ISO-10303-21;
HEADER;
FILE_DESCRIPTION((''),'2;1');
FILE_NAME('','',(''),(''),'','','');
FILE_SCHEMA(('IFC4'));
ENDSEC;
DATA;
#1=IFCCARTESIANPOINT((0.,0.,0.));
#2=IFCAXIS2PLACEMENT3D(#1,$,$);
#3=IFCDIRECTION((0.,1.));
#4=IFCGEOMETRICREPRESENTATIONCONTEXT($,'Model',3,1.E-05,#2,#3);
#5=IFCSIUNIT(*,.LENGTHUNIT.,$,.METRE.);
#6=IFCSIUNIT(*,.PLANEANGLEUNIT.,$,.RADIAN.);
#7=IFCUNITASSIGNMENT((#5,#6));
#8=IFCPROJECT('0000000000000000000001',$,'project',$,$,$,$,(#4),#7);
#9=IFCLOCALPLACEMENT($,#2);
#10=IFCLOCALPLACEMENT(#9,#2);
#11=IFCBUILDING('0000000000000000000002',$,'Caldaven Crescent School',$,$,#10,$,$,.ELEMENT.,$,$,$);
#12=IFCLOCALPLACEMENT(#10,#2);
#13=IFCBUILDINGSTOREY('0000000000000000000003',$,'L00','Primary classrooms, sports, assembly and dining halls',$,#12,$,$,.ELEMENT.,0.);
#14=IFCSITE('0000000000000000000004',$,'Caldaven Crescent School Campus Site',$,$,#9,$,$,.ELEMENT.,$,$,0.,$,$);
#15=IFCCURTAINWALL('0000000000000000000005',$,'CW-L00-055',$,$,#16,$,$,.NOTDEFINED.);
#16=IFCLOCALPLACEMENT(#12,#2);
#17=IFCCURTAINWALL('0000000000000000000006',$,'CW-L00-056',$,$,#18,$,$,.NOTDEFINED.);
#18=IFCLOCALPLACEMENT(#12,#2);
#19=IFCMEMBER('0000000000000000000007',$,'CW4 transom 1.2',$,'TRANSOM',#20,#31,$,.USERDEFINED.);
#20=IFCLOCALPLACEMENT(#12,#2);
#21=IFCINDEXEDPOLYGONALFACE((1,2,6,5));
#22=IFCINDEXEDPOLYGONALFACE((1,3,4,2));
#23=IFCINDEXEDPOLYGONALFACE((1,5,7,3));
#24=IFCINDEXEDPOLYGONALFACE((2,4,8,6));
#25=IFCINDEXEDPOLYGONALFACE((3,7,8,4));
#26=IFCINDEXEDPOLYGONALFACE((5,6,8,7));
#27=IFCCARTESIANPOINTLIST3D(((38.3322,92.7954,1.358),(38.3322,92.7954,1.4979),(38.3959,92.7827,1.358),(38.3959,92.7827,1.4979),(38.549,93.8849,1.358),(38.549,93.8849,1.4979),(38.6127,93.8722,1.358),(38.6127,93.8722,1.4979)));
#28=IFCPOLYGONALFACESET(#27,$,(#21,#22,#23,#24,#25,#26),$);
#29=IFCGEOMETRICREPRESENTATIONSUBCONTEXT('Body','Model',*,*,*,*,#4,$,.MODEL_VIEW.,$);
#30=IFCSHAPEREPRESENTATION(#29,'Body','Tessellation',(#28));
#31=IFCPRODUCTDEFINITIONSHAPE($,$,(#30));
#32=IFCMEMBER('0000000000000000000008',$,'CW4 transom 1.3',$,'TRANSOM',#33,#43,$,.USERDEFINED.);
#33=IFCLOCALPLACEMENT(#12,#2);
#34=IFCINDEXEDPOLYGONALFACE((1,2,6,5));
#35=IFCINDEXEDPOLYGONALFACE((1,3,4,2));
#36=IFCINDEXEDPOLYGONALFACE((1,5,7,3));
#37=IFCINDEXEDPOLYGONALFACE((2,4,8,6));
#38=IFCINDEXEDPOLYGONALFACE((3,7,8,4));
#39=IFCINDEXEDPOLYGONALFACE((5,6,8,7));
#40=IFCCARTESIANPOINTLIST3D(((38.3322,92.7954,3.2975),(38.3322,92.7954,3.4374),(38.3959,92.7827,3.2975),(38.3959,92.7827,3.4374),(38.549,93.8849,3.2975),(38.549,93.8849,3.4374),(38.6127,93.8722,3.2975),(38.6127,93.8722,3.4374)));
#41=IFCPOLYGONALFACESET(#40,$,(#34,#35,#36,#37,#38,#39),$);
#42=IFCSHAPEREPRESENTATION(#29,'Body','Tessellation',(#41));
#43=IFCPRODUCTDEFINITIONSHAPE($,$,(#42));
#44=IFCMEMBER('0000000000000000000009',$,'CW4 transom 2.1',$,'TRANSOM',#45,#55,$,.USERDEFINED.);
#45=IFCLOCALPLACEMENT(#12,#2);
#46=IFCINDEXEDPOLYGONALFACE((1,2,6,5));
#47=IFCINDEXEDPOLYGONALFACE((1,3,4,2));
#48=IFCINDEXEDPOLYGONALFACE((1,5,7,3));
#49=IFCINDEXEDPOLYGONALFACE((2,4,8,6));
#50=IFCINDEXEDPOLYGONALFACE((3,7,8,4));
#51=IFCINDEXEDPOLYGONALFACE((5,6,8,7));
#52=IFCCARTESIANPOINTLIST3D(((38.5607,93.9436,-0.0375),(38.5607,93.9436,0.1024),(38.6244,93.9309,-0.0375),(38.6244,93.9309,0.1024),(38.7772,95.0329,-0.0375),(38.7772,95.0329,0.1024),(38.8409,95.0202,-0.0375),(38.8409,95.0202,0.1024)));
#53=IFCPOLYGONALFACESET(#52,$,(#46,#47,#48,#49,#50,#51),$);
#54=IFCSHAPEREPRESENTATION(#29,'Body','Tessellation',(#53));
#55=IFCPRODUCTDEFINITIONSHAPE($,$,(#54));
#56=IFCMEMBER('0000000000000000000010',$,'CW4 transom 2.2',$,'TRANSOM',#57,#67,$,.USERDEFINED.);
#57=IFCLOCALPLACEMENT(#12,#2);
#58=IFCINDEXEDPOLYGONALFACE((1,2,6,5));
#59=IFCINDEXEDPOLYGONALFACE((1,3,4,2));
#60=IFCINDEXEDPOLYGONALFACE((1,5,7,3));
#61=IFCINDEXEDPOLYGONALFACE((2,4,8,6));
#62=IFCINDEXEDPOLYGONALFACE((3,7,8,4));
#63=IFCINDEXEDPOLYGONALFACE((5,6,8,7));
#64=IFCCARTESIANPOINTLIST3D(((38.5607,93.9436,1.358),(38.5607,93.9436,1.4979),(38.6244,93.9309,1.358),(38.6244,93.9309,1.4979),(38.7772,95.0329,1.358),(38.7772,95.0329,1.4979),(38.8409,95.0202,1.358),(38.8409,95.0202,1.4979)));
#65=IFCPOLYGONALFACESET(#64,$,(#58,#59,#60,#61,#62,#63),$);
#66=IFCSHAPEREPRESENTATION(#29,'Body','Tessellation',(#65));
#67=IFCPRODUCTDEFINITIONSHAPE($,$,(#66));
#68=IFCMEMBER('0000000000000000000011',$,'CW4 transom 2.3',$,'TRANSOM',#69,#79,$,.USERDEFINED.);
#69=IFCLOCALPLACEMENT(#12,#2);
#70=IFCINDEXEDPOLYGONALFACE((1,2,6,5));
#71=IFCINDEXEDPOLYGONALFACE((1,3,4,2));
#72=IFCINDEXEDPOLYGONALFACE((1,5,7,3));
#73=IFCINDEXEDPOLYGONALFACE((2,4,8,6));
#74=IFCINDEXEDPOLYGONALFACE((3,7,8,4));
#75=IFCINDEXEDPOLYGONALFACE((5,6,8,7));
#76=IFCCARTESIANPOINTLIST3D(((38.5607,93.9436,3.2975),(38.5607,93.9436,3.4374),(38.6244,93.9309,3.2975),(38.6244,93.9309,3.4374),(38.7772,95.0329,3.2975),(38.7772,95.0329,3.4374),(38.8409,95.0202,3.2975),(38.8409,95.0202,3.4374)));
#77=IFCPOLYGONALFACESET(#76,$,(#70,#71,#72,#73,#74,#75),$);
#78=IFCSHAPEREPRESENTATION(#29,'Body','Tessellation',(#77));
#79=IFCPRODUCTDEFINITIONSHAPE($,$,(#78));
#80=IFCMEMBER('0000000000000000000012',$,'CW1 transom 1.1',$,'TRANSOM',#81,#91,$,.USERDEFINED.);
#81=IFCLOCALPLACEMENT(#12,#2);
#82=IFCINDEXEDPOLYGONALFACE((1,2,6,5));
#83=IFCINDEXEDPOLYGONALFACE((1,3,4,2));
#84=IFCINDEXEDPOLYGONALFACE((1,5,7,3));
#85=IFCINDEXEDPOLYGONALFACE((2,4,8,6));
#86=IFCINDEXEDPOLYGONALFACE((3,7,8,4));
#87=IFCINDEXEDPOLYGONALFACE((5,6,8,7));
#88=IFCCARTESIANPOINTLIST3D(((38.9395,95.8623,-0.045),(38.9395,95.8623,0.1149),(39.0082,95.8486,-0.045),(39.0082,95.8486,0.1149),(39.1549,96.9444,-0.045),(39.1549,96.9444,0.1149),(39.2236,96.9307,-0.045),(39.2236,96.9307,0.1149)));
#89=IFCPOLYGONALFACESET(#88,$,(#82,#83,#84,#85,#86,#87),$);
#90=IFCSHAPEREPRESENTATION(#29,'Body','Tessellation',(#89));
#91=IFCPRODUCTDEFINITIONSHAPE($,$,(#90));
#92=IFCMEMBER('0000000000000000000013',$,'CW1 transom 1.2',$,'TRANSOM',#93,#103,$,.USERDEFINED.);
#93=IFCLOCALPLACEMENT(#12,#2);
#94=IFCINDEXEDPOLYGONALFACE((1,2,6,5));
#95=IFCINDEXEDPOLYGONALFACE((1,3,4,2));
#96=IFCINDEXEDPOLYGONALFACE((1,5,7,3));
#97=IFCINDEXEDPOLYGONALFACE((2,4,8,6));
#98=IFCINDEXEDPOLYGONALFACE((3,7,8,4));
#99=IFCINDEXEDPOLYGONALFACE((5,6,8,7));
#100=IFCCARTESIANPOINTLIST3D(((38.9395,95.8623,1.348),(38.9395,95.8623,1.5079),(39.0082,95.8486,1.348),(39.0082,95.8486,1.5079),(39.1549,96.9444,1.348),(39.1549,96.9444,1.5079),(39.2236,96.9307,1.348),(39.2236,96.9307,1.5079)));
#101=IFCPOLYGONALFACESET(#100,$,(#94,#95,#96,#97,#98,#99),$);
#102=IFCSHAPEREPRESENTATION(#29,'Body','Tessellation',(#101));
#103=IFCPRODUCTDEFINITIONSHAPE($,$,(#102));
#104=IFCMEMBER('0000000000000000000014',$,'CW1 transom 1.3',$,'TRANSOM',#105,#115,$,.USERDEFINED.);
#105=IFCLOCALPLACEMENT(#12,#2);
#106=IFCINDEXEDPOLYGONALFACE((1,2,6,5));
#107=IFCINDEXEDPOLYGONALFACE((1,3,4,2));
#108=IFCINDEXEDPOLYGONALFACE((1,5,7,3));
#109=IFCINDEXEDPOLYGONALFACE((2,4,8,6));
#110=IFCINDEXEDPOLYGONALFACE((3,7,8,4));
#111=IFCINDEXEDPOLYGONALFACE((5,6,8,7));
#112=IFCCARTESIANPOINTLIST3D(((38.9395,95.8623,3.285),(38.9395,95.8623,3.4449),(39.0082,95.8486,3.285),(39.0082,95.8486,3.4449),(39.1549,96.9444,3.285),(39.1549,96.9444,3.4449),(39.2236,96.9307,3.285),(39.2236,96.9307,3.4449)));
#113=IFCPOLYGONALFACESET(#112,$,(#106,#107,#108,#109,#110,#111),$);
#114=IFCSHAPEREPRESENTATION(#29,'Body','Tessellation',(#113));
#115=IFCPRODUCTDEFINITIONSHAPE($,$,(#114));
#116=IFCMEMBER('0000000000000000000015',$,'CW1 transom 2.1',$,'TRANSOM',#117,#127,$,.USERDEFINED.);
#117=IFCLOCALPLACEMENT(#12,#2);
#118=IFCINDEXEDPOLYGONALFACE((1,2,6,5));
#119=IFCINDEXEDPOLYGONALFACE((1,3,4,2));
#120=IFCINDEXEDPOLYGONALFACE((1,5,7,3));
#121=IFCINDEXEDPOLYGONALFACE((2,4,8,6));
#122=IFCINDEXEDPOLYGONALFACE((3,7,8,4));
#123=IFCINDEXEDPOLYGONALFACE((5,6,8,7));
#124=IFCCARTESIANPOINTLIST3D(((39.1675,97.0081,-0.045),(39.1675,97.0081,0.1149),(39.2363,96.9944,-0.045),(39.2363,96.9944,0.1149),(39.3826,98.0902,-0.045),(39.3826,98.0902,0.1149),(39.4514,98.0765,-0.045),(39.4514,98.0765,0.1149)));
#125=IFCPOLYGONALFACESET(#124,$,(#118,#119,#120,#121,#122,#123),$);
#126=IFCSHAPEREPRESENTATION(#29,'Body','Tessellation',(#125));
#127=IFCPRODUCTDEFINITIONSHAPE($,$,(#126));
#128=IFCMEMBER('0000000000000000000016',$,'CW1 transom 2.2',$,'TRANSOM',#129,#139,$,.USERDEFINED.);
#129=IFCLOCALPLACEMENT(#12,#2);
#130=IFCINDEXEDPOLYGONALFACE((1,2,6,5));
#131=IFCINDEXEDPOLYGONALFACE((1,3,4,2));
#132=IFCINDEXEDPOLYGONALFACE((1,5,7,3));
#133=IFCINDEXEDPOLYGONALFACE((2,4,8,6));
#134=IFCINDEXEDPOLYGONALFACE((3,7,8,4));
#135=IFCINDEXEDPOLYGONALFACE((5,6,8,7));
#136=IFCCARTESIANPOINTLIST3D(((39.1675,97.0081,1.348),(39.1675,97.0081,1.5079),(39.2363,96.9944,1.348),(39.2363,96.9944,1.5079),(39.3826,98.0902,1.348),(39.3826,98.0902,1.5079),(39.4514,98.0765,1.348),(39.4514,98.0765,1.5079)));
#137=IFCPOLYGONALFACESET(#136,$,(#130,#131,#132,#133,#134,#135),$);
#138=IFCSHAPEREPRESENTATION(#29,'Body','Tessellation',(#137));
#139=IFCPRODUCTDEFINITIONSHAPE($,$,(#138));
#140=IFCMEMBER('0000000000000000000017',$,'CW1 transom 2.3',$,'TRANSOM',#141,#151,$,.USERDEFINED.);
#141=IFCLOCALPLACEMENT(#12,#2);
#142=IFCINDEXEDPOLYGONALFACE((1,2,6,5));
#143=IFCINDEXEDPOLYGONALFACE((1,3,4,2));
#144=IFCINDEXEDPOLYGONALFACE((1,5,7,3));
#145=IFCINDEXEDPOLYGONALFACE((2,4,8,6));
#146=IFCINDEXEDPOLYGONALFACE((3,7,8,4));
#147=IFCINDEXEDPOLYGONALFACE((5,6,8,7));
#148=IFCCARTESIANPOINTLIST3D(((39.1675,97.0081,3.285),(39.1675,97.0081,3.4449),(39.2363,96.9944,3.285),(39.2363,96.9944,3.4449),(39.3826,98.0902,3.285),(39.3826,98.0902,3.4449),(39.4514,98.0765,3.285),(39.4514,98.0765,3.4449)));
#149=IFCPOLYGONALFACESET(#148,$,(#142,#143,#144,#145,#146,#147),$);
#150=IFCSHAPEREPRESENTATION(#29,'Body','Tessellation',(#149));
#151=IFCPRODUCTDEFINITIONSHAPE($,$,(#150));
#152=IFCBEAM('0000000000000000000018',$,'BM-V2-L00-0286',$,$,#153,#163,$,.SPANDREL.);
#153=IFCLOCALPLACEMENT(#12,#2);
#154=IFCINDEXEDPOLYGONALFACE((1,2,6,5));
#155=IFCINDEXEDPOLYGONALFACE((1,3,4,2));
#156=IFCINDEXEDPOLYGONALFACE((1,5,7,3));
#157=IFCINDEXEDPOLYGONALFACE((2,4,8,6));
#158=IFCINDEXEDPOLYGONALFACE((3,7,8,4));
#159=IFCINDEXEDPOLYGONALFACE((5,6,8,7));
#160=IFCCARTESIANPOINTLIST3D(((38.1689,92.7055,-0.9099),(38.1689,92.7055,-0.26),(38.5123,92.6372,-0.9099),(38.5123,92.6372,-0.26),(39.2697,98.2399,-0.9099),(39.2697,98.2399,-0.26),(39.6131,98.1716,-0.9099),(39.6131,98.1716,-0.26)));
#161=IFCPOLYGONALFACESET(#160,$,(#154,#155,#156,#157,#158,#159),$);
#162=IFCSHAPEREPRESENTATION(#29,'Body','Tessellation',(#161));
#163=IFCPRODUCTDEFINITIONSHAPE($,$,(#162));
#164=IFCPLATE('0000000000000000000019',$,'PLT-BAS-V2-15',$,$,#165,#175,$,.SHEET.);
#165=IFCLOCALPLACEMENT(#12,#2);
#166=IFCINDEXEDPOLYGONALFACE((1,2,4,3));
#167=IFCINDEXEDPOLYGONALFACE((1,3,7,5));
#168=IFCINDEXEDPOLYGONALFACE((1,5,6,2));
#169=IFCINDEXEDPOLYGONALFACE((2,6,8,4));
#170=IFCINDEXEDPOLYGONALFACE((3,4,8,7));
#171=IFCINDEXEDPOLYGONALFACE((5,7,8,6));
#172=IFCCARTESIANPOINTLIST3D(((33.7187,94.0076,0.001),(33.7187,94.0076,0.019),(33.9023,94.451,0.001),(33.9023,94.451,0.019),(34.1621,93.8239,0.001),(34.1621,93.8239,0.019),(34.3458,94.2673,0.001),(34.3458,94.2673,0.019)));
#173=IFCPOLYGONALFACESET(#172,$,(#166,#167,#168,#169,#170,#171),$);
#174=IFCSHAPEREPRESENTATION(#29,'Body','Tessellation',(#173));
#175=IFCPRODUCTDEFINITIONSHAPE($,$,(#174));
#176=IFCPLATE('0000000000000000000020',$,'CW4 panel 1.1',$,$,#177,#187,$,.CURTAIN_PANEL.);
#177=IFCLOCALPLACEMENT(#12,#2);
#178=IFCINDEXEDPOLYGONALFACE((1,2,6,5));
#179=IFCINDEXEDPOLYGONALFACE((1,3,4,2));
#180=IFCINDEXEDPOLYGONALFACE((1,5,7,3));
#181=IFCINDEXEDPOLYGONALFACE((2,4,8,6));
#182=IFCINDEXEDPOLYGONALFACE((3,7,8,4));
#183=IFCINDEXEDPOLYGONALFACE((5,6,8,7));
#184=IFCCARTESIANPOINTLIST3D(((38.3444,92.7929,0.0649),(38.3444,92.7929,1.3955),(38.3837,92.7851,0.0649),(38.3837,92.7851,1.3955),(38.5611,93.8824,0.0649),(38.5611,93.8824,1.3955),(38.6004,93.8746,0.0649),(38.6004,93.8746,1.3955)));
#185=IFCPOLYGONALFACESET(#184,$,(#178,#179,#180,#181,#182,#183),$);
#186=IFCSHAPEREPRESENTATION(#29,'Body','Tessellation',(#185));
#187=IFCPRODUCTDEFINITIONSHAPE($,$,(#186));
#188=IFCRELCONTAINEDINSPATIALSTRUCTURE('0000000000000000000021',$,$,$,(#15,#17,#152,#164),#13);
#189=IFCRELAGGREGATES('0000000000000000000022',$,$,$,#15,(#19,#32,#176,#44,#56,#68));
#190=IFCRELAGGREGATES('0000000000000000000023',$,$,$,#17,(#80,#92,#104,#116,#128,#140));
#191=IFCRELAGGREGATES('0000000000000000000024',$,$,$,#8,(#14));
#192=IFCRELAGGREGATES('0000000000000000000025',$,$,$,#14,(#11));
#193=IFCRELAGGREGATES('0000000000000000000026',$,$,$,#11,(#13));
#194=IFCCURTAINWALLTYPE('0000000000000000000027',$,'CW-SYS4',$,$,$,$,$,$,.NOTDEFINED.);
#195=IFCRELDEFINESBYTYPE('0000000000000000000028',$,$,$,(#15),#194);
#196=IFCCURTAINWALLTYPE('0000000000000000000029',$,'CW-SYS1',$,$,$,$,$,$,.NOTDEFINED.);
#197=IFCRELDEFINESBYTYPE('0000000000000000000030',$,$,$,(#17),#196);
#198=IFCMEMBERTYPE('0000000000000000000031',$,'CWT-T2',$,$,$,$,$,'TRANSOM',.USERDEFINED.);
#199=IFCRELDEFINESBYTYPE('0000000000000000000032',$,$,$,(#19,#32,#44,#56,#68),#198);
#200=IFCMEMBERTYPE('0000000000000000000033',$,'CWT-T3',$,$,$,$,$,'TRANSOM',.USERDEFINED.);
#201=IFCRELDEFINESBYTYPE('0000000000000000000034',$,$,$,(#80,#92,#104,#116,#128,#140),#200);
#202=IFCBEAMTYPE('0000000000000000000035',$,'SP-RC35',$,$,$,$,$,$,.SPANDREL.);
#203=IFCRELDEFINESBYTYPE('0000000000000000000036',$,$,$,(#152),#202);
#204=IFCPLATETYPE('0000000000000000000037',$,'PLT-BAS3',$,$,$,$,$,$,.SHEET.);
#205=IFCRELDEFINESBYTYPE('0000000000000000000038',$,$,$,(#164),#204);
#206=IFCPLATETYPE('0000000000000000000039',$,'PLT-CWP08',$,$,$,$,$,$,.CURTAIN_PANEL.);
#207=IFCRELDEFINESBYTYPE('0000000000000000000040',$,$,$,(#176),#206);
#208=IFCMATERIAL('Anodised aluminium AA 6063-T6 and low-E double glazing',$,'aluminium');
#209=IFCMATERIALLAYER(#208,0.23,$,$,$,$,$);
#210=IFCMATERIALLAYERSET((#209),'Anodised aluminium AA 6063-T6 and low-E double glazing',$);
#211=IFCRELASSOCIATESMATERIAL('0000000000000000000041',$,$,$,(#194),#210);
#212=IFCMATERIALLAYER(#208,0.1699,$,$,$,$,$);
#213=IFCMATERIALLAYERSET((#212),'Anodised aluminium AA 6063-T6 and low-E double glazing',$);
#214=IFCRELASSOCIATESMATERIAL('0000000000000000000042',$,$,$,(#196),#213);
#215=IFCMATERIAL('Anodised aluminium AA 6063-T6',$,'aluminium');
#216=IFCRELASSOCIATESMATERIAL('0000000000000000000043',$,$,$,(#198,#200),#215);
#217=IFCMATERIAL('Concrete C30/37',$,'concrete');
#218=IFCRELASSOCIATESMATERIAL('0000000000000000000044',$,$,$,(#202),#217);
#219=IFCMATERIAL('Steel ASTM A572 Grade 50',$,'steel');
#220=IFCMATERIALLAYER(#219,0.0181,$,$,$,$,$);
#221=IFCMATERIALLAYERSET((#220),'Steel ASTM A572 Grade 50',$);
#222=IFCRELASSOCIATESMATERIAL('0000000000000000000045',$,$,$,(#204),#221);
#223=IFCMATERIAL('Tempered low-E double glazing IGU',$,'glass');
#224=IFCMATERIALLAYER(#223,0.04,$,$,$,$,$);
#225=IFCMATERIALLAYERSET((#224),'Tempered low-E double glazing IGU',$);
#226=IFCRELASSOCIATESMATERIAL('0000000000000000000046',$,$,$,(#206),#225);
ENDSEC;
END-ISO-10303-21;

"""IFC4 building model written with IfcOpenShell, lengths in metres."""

from ifc_helpers import new_model, si_unit, direction, frame, origin, origin_2d, place, context, subcontext, project, spatial, rectangle, extrude, material, layer, layer_set, material_profile, profile_set, type_object, element, aggregate, save


model = new_model("IFC4")

# Units and contexts
model_context = context("Model", 3, precision=1e-05, world=origin(), true_north=direction((0.0, 1.0)))
body_context = subcontext(model_context, "Body", "Model", "MODEL_VIEW")
ifc_project = project(units=[si_unit("LENGTHUNIT", "METRE"), si_unit("PLANEANGLEUNIT", "RADIAN")], contexts=[model_context])

# Site, building, storey
site_placement = place(None, origin())
site = spatial("IfcSite", under=ifc_project, at=site_placement, Name="Caldaven Crescent School Campus Site", CompositionType="ELEMENT", RefElevation=0.0)
building_placement = place(site_placement, origin())
building = spatial("IfcBuilding", under=site, at=building_placement, Name="Caldaven Crescent School", CompositionType="ELEMENT")
storey_placement = place(building_placement, origin())
storey = spatial("IfcBuildingStorey", under=building, at=storey_placement, Name="L00", Description="Primary classrooms, sports, assembly and dining halls", CompositionType="ELEMENT", Elevation=0.0)

# Shared definitions
ifc_material_1 = material(Name="Concrete C30/37", Category="concrete")

# Curtain walls
ifc_material_2 = material(Name="Anodised aluminium AA 6063-T6 and low-E double glazing", Category="aluminium")
ifc_layer_1 = layer(ifc_material_2, 0.23)
ifc_layer_set_1 = layer_set([ifc_layer_1], Name="Anodised aluminium AA 6063-T6 and low-E double glazing")
curtain_wall_type_1 = type_object("IfcCurtainWallType", Name="CW-SYS4", PredefinedType="NOTDEFINED", material=ifc_layer_set_1)
curtain_wall_1_placement = place(storey_placement, origin())
curtain_wall_1 = element("IfcCurtainWall", 1, at=curtain_wall_1_placement, inside=storey, type_object=curtain_wall_type_1, Name="CW-L00-055", PredefinedType="NOTDEFINED")
ifc_material_3 = material(Name="Anodised aluminium AA 6063-T6", Category="aluminium")
ifc_layer_2 = layer(ifc_material_2, 0.1699)
ifc_layer_set_2 = layer_set([ifc_layer_2], Name="Anodised aluminium AA 6063-T6 and low-E double glazing")
curtain_wall_type_2 = type_object("IfcCurtainWallType", Name="CW-SYS1", PredefinedType="NOTDEFINED", material=ifc_layer_set_2)
curtain_wall_2_placement = place(storey_placement, origin())
curtain_wall_2 = element("IfcCurtainWall", 2, at=curtain_wall_2_placement, inside=storey, type_object=curtain_wall_type_2, Name="CW-L00-056", PredefinedType="NOTDEFINED")

# Members
ifc_material_profile_1 = material_profile(ifc_material_3, rectangle(XDim=0.0649, YDim=0.1399, at=origin_2d()), Name="CWT 65x140")
ifc_profile_set_1 = profile_set([ifc_material_profile_1], Name="Anodised aluminium AA 6063-T6")
member_type_1 = type_object("IfcMemberType", Name="CWT-T2", ElementType="TRANSOM", PredefinedType="USERDEFINED", material=ifc_profile_set_1)
member_1_placement = place(storey_placement, frame((38.364, 92.7891, 1.428), z_axis=(0.195186, 0.980766, 0.0), x_axis=(-0.980766, 0.195186, 0.0)))
member_1 = element("IfcMember", 3, at=member_1_placement, type_object=member_type_1, Name="CW4 transom 1.2", ObjectType="TRANSOM", PredefinedType="USERDEFINED", context=body_context, shape_type="SweptSolid", body=[
    extrude(rectangle(XDim=0.0649, YDim=0.1399, at=origin_2d()), origin(), (0.0, 0.0, 1.0), 1.1108),
])
member_2_placement = place(storey_placement, frame((38.364, 92.7891, 3.3674), z_axis=(0.195186, 0.980766, 0.0), x_axis=(-0.980766, 0.195186, 0.0)))
member_2 = element("IfcMember", 4, at=member_2_placement, type_object=member_type_1, Name="CW4 transom 1.3", ObjectType="TRANSOM", PredefinedType="USERDEFINED", context=body_context, shape_type="SweptSolid", body=[
    extrude(rectangle(XDim=0.0649, YDim=0.1399, at=origin_2d()), origin(), (0.0, 0.0, 1.0), 1.1108),
])
member_3_placement = place(storey_placement, frame((38.5925, 93.9373, 0.0325), z_axis=(0.194975, 0.980808, 0.0), x_axis=(-0.980808, 0.194975, 0.0)))
member_3 = element("IfcMember", 5, at=member_3_placement, type_object=member_type_1, Name="CW4 transom 2.1", ObjectType="TRANSOM", PredefinedType="USERDEFINED", context=body_context, shape_type="SweptSolid", body=[
    extrude(rectangle(XDim=0.0649, YDim=0.1399, at=origin_2d()), origin(), (0.0, 0.0, 1.0), 1.1106),
])
member_4_placement = place(storey_placement, frame((38.5925, 93.9373, 1.428), z_axis=(0.194975, 0.980808, 0.0), x_axis=(-0.980808, 0.194975, 0.0)))
member_4 = element("IfcMember", 6, at=member_4_placement, type_object=member_type_1, Name="CW4 transom 2.2", ObjectType="TRANSOM", PredefinedType="USERDEFINED", context=body_context, shape_type="SweptSolid", body=[
    extrude(rectangle(XDim=0.0649, YDim=0.1399, at=origin_2d()), origin(), (0.0, 0.0, 1.0), 1.1106),
])
member_5_placement = place(storey_placement, frame((38.5925, 93.9373, 3.3674), z_axis=(0.194975, 0.980808, 0.0), x_axis=(-0.980808, 0.194975, 0.0)))
member_5 = element("IfcMember", 7, at=member_5_placement, type_object=member_type_1, Name="CW4 transom 2.3", ObjectType="TRANSOM", PredefinedType="USERDEFINED", context=body_context, shape_type="SweptSolid", body=[
    extrude(rectangle(XDim=0.0649, YDim=0.1399, at=origin_2d()), origin(), (0.0, 0.0, 1.0), 1.1106),
])
ifc_material_profile_2 = material_profile(ifc_material_3, rectangle(XDim=0.0701, YDim=0.1599, at=origin_2d()), Name="CWT 70x160")
ifc_profile_set_2 = profile_set([ifc_material_profile_2], Name="Anodised aluminium AA 6063-T6")
member_type_2 = type_object("IfcMemberType", Name="CWT-T3", ElementType="TRANSOM", PredefinedType="USERDEFINED", material=ifc_profile_set_2)
member_6_placement = place(storey_placement, frame((38.9739, 95.8555, 0.0349), z_axis=(0.19518, 0.980767, 0.0), x_axis=(-0.980767, 0.19518, 0.0)))
member_6 = element("IfcMember", 8, at=member_6_placement, type_object=member_type_2, Name="CW1 transom 1.1", ObjectType="TRANSOM", PredefinedType="USERDEFINED", context=body_context, shape_type="SweptSolid", body=[
    extrude(rectangle(XDim=0.0701, YDim=0.1599, at=origin_2d()), origin(), (0.0, 0.0, 1.0), 1.1033),
])
member_7_placement = place(storey_placement, frame((38.9739, 95.8555, 1.428), z_axis=(0.19518, 0.980767, 0.0), x_axis=(-0.980767, 0.19518, 0.0)))
member_7 = element("IfcMember", 9, at=member_7_placement, type_object=member_type_2, Name="CW1 transom 1.2", ObjectType="TRANSOM", PredefinedType="USERDEFINED", context=body_context, shape_type="SweptSolid", body=[
    extrude(rectangle(XDim=0.0701, YDim=0.1599, at=origin_2d()), origin(), (0.0, 0.0, 1.0), 1.1033),
])
member_8_placement = place(storey_placement, frame((38.9739, 95.8555, 3.365), z_axis=(0.19518, 0.980767, 0.0), x_axis=(-0.980767, 0.19518, 0.0)))
member_8 = element("IfcMember", 10, at=member_8_placement, type_object=member_type_2, Name="CW1 transom 1.3", ObjectType="TRANSOM", PredefinedType="USERDEFINED", context=body_context, shape_type="SweptSolid", body=[
    extrude(rectangle(XDim=0.0701, YDim=0.1599, at=origin_2d()), origin(), (0.0, 0.0, 1.0), 1.1033),
])
member_9_placement = place(storey_placement, frame((39.2019, 97.0012, 0.0349), z_axis=(0.194967, 0.98081, 0.0), x_axis=(-0.98081, 0.194967, 0.0)))
member_9 = element("IfcMember", 11, at=member_9_placement, type_object=member_type_2, Name="CW1 transom 2.1", ObjectType="TRANSOM", PredefinedType="USERDEFINED", context=body_context, shape_type="SweptSolid", body=[
    extrude(rectangle(XDim=0.0701, YDim=0.1599, at=origin_2d()), origin(), (0.0, 0.0, 1.0), 1.1033),
])
member_10_placement = place(storey_placement, frame((39.2019, 97.0012, 1.428), z_axis=(0.194967, 0.98081, 0.0), x_axis=(-0.98081, 0.194967, 0.0)))
member_10 = element("IfcMember", 12, at=member_10_placement, type_object=member_type_2, Name="CW1 transom 2.2", ObjectType="TRANSOM", PredefinedType="USERDEFINED", context=body_context, shape_type="SweptSolid", body=[
    extrude(rectangle(XDim=0.0701, YDim=0.1599, at=origin_2d()), origin(), (0.0, 0.0, 1.0), 1.1033),
])
member_11_placement = place(storey_placement, frame((39.2019, 97.0012, 3.365), z_axis=(0.194967, 0.98081, 0.0), x_axis=(-0.98081, 0.194967, 0.0)))
member_11 = element("IfcMember", 13, at=member_11_placement, type_object=member_type_2, Name="CW1 transom 2.3", ObjectType="TRANSOM", PredefinedType="USERDEFINED", context=body_context, shape_type="SweptSolid", body=[
    extrude(rectangle(XDim=0.0701, YDim=0.1599, at=origin_2d()), origin(), (0.0, 0.0, 1.0), 1.1033),
])

# Beam
ifc_material_profile_3 = material_profile(ifc_material_1, rectangle(XDim=0.3501, YDim=0.6499, at=origin_2d()), Name="RC 350x650")
ifc_profile_set_3 = profile_set([ifc_material_profile_3], Name="Concrete C30/37")
beam_type_1 = type_object("IfcBeamType", Name="SP-RC35", PredefinedType="SPANDREL", material=ifc_profile_set_3)
beam_1_placement = place(storey_placement, frame((38.3406, 92.6714, -0.585), z_axis=(0.195084, 0.980786, 0.0), x_axis=(-0.980786, 0.195084, 0.0)))
element("IfcBeam", 14, at=beam_1_placement, inside=storey, type_object=beam_type_1, Name="BM-V2-L00-0286", PredefinedType="SPANDREL", context=body_context, shape_type="SweptSolid", body=[
    extrude(rectangle(XDim=0.3501, YDim=0.6499, at=origin_2d()), origin(), (0.0, 0.0, 1.0), 5.6428),
])

# Plates
ifc_material_4 = material(Name="Steel ASTM A572 Grade 50", Category="steel")
ifc_layer_3 = layer(ifc_material_4, 0.0181)
ifc_layer_set_3 = layer_set([ifc_layer_3], Name="Steel ASTM A572 Grade 50")
plate_type_1 = type_object("IfcPlateType", Name="PLT-BAS3", PredefinedType="SHEET", material=ifc_layer_set_3)
plate_1_placement = place(storey_placement, frame((34.0322, 94.1375, 0.001), z_axis=(0.0, 0.0, 1.0), x_axis=(0.92388, -0.382683, 0.0)))
element("IfcPlate", 15, at=plate_1_placement, inside=storey, type_object=plate_type_1, Name="PLT-BAS-V2-15", PredefinedType="SHEET", context=body_context, shape_type="SweptSolid", body=[
    extrude(rectangle(XDim=0.48, YDim=0.48, at=origin_2d()), origin(), (0.0, 0.0, 1.0), 0.0181),
])
ifc_material_5 = material(Name="Tempered low-E double glazing IGU", Category="glass")
ifc_layer_4 = layer(ifc_material_5, 0.04)
ifc_layer_set_4 = layer_set([ifc_layer_4], Name="Tempered low-E double glazing IGU")
plate_type_2 = type_object("IfcPlateType", Name="PLT-CWP08", PredefinedType="CURTAIN_PANEL", material=ifc_layer_set_4)
plate_2_placement = place(storey_placement, frame((38.4724, 93.3337, 0.0649), z_axis=(0.0, 0.0, 1.0), x_axis=(0.195087, 0.980786, 0.0)))
plate_2 = element("IfcPlate", 16, at=plate_2_placement, type_object=plate_type_2, Name="CW4 panel 1.1", PredefinedType="CURTAIN_PANEL", context=body_context, shape_type="SweptSolid", body=[
    extrude(rectangle(XDim=1.1108, YDim=0.04, at=origin_2d()), origin(), (0.0, 0.0, 1.0), 1.3306),
])
aggregate(curtain_wall_1, [member_1, member_2, plate_2, member_3, member_4, member_5])
aggregate(curtain_wall_2, [member_6, member_7, member_8, member_9, member_10, member_11])

save(model, "model.ifc")
